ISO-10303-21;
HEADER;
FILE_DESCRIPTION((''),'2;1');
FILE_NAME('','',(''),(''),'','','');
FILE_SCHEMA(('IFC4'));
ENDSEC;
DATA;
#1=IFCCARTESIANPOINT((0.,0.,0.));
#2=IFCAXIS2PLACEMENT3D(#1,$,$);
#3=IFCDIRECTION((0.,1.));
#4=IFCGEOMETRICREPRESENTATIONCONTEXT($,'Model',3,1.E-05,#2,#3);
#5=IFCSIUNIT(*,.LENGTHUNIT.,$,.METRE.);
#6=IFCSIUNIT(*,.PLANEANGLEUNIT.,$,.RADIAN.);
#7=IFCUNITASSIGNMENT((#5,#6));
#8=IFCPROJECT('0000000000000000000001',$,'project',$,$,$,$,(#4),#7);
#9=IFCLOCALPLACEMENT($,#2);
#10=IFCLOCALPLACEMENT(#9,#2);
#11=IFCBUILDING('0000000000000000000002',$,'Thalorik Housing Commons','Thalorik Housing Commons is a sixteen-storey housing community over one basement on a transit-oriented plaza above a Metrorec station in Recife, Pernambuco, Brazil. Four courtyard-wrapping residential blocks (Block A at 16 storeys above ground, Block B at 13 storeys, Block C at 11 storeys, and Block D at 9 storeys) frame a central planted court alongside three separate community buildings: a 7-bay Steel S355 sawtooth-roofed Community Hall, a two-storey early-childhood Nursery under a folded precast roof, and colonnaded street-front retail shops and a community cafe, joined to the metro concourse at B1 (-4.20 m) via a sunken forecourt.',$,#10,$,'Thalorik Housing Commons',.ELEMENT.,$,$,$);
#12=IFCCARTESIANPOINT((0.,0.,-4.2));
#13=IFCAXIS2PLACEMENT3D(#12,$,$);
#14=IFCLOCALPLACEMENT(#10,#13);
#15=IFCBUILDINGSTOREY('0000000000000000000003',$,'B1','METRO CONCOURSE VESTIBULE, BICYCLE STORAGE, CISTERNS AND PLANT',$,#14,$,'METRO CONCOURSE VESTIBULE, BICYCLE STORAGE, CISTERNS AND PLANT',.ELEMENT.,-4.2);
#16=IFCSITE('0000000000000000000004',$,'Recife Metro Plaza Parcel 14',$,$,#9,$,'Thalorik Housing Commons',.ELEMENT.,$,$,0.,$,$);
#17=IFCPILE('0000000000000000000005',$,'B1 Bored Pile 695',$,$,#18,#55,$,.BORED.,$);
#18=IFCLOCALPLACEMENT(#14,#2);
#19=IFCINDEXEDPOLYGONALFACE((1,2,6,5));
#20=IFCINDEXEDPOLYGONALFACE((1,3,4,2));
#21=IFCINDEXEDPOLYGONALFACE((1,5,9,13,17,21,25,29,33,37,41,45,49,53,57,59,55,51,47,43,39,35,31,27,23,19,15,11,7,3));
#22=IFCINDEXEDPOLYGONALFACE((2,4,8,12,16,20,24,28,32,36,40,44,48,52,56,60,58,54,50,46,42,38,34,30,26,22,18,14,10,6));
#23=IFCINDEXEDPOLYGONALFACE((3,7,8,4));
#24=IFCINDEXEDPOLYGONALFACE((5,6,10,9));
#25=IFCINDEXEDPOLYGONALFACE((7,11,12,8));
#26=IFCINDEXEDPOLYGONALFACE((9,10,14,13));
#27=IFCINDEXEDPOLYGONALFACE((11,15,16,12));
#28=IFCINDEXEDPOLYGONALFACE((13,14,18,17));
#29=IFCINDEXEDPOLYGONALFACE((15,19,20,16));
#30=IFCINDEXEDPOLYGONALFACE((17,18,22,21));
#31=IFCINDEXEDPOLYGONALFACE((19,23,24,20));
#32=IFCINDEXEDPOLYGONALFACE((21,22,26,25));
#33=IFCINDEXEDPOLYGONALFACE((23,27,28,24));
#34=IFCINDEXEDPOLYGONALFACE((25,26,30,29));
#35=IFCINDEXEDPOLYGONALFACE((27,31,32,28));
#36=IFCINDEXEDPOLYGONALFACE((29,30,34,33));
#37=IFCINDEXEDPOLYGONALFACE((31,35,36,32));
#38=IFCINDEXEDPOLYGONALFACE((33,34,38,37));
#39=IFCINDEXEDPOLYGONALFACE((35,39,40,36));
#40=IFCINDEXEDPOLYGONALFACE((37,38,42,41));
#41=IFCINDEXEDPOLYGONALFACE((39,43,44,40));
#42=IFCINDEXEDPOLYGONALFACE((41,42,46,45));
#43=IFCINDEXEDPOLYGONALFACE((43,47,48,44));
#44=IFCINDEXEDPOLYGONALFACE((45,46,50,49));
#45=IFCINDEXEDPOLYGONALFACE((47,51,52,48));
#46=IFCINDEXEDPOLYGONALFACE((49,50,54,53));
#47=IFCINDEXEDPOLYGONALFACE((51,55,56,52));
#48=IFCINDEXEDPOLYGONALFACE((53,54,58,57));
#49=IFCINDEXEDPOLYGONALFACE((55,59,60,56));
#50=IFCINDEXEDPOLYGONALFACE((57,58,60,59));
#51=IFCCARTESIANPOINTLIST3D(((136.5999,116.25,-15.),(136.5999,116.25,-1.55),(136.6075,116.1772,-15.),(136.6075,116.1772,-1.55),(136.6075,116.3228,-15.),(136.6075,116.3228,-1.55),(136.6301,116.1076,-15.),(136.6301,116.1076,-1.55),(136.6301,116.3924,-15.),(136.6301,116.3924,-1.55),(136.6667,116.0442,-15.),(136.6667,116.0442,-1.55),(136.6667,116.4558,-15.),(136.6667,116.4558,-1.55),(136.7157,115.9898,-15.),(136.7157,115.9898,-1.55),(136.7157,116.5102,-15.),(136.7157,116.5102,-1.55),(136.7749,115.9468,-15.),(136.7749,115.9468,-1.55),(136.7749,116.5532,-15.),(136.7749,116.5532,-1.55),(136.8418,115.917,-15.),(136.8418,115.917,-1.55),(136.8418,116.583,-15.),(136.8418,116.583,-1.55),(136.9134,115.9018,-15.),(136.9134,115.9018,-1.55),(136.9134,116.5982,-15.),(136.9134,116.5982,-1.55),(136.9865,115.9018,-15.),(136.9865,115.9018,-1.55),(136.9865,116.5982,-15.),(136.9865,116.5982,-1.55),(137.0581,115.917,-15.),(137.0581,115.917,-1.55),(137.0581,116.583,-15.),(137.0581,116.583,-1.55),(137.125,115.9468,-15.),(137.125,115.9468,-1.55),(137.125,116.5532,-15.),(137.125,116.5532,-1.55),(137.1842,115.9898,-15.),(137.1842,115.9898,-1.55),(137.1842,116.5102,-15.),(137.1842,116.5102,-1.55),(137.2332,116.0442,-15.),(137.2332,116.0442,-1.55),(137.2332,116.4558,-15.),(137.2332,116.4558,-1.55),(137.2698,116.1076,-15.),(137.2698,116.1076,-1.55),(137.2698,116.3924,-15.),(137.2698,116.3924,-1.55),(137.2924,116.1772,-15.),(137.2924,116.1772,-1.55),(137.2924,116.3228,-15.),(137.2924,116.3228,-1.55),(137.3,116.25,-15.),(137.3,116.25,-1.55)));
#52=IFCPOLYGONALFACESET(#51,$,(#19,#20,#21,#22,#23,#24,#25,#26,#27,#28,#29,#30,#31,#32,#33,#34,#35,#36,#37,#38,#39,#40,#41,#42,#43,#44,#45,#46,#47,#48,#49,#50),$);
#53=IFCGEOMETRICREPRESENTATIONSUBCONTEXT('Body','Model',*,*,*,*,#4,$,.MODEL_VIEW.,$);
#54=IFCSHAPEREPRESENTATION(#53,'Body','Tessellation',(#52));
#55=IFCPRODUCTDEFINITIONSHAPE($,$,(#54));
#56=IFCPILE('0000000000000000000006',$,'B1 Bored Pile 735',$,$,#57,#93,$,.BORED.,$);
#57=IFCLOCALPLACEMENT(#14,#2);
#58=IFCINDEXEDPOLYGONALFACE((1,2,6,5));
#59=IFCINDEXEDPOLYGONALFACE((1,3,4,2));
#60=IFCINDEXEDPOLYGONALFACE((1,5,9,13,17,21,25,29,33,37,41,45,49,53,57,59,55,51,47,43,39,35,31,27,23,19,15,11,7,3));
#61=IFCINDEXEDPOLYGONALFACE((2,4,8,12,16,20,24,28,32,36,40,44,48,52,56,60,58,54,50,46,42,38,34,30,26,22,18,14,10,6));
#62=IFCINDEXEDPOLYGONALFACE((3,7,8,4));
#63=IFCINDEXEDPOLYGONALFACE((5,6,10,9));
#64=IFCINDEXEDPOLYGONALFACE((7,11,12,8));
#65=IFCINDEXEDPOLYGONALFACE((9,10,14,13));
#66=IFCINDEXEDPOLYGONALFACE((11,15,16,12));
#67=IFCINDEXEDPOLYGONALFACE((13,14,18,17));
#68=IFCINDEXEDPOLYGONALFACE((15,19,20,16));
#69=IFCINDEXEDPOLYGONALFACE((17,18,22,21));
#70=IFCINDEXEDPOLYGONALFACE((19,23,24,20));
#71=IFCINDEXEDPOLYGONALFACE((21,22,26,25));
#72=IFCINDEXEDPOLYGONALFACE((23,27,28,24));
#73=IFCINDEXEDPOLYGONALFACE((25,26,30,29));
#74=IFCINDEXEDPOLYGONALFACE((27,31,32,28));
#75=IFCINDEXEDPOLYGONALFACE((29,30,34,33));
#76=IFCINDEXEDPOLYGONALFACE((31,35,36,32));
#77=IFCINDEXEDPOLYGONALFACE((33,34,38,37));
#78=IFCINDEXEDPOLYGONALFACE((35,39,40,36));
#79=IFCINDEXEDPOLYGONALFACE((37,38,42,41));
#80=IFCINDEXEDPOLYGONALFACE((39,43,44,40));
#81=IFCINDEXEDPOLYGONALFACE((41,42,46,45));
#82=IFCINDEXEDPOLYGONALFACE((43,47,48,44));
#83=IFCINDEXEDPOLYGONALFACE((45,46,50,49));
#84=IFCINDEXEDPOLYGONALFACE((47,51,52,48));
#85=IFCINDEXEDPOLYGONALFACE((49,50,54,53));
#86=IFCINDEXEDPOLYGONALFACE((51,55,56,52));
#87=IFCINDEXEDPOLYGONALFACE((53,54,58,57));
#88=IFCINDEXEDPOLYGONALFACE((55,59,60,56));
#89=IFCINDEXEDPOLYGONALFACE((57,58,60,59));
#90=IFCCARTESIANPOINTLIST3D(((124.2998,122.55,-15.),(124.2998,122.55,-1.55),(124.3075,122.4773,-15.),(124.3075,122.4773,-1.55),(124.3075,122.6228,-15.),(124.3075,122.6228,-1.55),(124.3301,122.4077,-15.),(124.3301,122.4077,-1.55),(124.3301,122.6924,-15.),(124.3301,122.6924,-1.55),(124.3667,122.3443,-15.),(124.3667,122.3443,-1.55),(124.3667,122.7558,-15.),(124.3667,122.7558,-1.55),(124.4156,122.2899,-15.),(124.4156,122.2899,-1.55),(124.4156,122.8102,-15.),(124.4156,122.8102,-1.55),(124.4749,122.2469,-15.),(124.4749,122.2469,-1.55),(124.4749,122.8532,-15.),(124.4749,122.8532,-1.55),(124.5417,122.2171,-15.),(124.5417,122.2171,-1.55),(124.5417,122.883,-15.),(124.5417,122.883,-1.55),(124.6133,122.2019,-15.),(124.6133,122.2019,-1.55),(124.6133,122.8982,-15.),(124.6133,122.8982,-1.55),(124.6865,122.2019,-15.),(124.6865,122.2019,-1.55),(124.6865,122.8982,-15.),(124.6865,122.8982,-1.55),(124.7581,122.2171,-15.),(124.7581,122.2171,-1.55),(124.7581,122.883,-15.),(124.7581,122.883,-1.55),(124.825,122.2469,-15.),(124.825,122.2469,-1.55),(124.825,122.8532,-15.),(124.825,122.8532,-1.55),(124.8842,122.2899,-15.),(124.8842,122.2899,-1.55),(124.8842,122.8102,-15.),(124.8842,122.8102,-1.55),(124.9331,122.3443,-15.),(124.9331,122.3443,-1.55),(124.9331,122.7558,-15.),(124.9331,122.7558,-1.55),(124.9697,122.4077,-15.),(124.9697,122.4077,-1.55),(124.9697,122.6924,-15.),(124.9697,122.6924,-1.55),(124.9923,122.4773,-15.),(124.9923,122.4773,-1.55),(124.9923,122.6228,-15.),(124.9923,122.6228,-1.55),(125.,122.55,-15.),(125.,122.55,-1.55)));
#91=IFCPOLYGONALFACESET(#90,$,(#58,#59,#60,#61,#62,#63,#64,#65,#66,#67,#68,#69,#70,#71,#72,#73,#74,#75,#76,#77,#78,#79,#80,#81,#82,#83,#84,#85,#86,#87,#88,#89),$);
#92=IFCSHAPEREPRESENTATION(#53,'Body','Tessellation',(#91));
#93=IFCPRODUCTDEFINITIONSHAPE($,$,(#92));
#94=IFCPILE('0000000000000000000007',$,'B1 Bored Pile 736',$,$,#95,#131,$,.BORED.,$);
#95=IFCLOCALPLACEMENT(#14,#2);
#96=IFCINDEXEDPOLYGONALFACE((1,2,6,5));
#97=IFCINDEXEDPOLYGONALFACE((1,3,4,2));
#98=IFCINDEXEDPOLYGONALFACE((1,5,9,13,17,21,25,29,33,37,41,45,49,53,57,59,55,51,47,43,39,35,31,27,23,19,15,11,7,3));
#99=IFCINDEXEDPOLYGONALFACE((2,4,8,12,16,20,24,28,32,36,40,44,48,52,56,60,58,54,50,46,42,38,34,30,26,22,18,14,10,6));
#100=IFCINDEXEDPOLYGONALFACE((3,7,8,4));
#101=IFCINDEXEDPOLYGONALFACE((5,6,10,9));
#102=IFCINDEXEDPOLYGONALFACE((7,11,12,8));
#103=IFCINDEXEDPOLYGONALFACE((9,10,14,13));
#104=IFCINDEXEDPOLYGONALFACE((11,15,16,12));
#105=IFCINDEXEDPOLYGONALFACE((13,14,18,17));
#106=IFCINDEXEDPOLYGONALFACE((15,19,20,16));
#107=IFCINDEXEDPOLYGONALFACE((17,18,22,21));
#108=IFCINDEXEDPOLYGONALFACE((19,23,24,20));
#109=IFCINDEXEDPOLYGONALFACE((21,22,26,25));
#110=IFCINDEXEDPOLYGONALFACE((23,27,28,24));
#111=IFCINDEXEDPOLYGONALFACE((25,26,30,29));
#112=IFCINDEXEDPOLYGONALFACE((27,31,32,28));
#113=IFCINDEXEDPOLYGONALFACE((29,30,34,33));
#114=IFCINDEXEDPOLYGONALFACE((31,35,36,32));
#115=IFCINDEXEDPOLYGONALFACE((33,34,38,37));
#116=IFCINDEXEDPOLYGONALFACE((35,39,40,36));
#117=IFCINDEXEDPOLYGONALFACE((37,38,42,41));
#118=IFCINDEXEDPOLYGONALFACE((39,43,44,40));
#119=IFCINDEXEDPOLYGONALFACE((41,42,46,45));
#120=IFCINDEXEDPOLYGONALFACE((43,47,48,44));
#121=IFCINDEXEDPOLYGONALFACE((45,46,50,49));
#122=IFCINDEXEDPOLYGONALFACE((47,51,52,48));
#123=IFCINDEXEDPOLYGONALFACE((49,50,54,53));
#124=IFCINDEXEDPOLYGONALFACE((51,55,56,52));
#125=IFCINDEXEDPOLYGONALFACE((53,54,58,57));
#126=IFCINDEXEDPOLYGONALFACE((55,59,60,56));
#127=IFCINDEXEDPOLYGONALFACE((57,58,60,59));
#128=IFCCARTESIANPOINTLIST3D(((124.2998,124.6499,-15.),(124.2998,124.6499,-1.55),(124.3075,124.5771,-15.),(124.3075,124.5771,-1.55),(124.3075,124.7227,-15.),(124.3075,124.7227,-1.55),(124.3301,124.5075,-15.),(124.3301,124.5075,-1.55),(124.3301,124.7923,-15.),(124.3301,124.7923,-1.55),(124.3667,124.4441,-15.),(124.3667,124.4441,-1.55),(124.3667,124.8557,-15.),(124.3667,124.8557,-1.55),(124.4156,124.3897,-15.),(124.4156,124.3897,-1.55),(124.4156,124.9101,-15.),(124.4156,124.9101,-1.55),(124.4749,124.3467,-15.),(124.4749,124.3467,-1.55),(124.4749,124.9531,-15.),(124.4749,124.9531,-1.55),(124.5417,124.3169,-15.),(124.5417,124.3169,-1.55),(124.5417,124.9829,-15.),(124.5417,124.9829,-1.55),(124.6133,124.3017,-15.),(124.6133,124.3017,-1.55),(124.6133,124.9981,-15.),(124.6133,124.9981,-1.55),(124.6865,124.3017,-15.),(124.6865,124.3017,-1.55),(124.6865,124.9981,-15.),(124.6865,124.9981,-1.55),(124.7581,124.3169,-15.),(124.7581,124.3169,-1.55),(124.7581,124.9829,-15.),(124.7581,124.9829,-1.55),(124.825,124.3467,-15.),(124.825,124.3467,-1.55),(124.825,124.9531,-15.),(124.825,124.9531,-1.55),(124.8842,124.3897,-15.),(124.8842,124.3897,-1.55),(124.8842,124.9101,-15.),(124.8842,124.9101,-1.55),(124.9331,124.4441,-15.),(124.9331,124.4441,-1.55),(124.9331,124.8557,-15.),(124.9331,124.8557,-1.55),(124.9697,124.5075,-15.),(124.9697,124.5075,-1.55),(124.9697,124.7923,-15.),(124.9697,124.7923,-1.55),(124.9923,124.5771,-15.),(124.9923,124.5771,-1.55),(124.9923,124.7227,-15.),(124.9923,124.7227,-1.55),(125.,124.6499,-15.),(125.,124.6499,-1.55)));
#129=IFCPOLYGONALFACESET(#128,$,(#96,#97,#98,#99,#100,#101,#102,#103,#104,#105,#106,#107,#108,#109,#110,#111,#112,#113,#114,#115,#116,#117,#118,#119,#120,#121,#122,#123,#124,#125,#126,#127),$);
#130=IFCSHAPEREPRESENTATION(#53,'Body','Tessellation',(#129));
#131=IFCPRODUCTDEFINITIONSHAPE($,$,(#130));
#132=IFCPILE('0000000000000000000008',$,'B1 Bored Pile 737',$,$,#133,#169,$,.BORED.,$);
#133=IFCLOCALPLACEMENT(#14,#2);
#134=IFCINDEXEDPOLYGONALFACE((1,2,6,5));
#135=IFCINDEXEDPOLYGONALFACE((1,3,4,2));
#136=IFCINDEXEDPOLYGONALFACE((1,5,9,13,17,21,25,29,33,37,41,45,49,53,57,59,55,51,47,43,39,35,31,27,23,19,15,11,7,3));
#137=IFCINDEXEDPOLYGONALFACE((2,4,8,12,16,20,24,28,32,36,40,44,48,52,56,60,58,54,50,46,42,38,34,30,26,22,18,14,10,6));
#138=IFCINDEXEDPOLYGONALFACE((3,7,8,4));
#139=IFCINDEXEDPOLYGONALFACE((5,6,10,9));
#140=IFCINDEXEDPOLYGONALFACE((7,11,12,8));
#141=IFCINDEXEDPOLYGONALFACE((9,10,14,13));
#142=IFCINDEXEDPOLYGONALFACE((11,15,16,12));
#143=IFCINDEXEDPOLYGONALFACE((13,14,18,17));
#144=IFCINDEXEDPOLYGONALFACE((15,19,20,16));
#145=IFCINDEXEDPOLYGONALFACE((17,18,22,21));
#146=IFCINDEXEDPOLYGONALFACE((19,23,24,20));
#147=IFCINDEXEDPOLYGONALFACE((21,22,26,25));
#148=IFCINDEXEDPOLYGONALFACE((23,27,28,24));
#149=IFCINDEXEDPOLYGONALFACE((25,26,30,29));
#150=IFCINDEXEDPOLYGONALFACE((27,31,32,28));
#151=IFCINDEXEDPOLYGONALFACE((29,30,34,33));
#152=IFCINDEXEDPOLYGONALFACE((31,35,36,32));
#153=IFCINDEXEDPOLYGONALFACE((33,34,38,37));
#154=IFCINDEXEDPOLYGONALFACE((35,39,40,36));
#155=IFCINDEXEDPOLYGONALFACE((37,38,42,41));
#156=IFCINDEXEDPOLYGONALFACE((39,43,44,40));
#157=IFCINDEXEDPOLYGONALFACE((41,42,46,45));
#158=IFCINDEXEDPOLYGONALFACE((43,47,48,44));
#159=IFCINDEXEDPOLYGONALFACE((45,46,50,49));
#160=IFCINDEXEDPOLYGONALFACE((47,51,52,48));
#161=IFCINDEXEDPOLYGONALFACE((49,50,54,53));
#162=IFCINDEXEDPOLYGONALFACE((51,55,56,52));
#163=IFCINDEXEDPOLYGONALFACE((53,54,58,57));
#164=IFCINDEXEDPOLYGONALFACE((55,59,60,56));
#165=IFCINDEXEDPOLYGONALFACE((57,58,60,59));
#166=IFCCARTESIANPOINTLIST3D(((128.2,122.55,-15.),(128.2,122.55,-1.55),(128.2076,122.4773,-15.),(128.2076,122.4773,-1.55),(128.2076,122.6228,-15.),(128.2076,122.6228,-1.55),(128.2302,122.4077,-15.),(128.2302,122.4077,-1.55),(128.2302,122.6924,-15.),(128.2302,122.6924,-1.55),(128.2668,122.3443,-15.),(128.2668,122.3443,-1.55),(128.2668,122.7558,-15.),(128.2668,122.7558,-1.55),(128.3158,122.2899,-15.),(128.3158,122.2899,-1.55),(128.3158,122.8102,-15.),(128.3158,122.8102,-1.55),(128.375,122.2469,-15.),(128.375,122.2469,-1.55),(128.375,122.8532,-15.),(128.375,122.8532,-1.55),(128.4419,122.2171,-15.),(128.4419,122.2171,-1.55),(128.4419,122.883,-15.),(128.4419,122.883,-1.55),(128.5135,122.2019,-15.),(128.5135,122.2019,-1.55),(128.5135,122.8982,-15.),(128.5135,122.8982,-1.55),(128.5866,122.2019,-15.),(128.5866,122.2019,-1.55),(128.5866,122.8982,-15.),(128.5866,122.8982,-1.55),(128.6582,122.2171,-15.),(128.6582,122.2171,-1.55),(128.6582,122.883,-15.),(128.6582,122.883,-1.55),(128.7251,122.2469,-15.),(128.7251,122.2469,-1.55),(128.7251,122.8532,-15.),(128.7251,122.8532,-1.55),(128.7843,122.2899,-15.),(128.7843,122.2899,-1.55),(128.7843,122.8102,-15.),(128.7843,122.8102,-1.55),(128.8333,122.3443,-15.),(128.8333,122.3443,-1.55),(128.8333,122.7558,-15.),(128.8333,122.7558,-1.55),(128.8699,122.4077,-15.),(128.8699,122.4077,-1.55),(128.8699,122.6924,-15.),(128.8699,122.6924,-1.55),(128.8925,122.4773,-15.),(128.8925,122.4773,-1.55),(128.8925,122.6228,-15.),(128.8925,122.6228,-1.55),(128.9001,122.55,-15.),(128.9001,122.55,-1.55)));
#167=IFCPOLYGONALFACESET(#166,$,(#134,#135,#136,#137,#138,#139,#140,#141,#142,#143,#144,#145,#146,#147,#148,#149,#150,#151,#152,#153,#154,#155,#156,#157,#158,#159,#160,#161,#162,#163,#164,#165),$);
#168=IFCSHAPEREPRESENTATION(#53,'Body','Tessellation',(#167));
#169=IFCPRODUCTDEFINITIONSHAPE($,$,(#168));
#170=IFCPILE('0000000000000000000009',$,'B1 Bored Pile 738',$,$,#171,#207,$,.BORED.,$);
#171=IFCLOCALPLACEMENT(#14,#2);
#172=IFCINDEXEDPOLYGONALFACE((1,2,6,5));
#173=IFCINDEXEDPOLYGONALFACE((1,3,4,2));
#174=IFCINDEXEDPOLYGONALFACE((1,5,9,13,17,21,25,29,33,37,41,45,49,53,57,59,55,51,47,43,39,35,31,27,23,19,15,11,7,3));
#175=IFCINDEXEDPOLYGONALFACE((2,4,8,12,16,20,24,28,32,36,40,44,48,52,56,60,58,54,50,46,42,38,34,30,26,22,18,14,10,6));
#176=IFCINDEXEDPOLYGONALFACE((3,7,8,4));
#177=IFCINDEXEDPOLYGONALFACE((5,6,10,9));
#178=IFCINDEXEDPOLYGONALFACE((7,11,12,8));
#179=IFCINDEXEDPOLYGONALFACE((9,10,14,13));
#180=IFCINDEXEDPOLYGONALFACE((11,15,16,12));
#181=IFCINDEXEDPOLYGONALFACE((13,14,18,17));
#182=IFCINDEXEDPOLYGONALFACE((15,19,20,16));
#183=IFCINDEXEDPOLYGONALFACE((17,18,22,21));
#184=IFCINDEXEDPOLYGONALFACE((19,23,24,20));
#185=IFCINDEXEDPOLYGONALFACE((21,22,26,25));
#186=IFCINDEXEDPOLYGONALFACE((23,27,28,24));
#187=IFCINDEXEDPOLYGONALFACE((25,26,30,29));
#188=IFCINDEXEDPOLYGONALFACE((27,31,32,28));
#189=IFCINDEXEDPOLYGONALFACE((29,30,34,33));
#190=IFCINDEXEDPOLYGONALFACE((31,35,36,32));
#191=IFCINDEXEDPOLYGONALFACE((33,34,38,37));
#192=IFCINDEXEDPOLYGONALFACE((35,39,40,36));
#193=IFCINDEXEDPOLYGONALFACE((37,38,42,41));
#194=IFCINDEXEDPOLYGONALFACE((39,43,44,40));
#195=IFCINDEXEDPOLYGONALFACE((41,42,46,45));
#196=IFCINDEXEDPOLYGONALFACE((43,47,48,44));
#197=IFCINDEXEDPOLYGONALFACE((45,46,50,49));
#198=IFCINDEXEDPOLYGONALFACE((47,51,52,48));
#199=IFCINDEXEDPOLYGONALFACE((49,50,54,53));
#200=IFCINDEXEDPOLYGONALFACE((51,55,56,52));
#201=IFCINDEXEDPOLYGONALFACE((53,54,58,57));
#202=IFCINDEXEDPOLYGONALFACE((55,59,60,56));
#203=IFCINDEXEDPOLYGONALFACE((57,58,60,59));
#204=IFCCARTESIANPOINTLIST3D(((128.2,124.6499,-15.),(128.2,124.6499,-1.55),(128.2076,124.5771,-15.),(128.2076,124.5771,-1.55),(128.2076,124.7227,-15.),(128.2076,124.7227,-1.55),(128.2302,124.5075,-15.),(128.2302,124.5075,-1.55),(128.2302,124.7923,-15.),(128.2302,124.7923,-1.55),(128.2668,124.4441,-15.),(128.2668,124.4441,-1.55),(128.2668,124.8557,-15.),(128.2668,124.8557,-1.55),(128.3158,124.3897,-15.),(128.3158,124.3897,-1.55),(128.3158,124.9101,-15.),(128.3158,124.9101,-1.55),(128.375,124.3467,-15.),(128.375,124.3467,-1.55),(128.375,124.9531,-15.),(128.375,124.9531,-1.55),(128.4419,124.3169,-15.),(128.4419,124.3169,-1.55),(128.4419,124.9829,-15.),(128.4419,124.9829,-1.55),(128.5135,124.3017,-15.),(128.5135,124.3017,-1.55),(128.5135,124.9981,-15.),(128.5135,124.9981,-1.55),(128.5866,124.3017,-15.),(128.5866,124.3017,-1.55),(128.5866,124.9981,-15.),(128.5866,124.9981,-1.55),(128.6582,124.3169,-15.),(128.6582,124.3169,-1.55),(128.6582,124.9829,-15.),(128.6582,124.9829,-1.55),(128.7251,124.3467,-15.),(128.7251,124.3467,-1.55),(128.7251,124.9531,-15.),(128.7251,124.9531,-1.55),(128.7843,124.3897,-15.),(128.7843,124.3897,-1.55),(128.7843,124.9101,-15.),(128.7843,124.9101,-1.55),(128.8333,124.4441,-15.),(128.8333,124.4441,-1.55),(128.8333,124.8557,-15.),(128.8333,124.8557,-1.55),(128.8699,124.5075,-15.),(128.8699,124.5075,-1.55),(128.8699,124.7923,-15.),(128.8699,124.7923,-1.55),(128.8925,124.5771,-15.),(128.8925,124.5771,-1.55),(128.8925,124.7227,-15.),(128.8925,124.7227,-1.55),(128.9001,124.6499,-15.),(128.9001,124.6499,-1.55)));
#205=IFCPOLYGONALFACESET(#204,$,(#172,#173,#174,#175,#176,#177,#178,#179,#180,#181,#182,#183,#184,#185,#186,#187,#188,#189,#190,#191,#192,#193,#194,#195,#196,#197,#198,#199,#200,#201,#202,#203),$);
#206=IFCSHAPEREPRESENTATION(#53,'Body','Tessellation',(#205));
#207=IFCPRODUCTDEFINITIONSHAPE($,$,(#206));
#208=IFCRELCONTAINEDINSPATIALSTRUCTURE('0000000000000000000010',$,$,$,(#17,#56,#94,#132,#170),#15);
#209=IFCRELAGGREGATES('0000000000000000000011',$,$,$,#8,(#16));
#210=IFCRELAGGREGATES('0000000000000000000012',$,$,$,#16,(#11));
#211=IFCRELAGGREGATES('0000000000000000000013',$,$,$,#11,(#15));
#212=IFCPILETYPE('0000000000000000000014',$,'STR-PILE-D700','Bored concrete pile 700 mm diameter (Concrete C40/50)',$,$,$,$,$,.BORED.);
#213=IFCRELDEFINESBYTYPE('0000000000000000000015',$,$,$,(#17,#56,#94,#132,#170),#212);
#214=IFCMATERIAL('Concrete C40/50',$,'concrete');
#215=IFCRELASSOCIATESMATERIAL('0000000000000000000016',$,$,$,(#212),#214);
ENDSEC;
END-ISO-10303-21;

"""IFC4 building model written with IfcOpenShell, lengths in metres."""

from ifc_helpers import new_model, si_unit, direction, frame, origin, origin_2d, place, context, subcontext, project, spatial, circle, extrude, material, material_profile, profile_set, type_object, element, save


model = new_model("IFC4")

# Units and contexts
model_context = context("Model", 3, precision=1e-05, world=origin(), true_north=direction((0.0, 1.0)))
body_context = subcontext(model_context, "Body", "Model", "MODEL_VIEW")
ifc_project = project(units=[si_unit("LENGTHUNIT", "METRE"), si_unit("PLANEANGLEUNIT", "RADIAN")], contexts=[model_context])

# Site, building, storey
site_placement = place(None, origin())
site = spatial("IfcSite", under=ifc_project, at=site_placement, Name="Recife Metro Plaza Parcel 14", LongName="Thalorik Housing Commons", CompositionType="ELEMENT", RefElevation=0.0)
building_placement = place(site_placement, origin())
building = spatial("IfcBuilding", under=site, at=building_placement, Name="Thalorik Housing Commons", Description="Thalorik Housing Commons is a sixteen-storey housing community over one basement on a transit-oriented plaza above a Metrorec station in Recife, Pernambuco, Brazil. Four courtyard-wrapping residential blocks (Block A at 16 storeys above ground, Block B at 13 storeys, Block C at 11 storeys, and Block D at 9 storeys) frame a central planted court alongside three separate community buildings: a 7-bay Steel S355 sawtooth-roofed Community Hall, a two-storey early-childhood Nursery under a folded precast roof, and colonnaded street-front retail shops and a community cafe, joined to the metro concourse at B1 (-4.20 m) via a sunken forecourt.", LongName="Thalorik Housing Commons", CompositionType="ELEMENT")
storey_placement = place(building_placement, frame((0.0, 0.0, -4.2)))
storey = spatial("IfcBuildingStorey", under=building, at=storey_placement, Name="B1", Description="METRO CONCOURSE VESTIBULE, BICYCLE STORAGE, CISTERNS AND PLANT", LongName="METRO CONCOURSE VESTIBULE, BICYCLE STORAGE, CISTERNS AND PLANT", CompositionType="ELEMENT", Elevation=-4.2)

# Shared definitions
ifc_material_1 = material(Name="Concrete C40/50", Category="concrete")

# Piles
ifc_material_profile_1 = material_profile(ifc_material_1, circle(Radius=0.3501, at=origin_2d()), Name="BORED PILE D700", Category="concrete")
ifc_profile_set_1 = profile_set([ifc_material_profile_1], Name="Concrete C40/50")
pile_type = type_object("IfcPileType", Name="STR-PILE-D700", Description="Bored concrete pile 700 mm diameter (Concrete C40/50)", PredefinedType="BORED", material=ifc_profile_set_1)
for number, where, z_axis, x_axis, name in (
    (1, (136.95, 116.25, -1.55), (0.0, 0.0, -1.0), (1.0, 0.0, 0.0), "B1 Bored Pile 695"),
    (2, (124.6499, 122.55, -1.55), (0.0, 0.0, -1.0), (1.0, 0.0, 0.0), "B1 Bored Pile 735"),
    (3, (124.6499, 124.6499, -1.55), (0.0, 0.0, -1.0), (1.0, 0.0, 0.0), "B1 Bored Pile 736"),
    (4, (128.55, 122.55, -1.55), (0.0, 0.0, -1.0), (1.0, 0.0, 0.0), "B1 Bored Pile 737"),
    (5, (128.55, 124.6499, -1.55), (0.0, 0.0, -1.0), (1.0, 0.0, 0.0), "B1 Bored Pile 738"),
):
    element("IfcPile", number, at=place(storey_placement, frame(where, z_axis=z_axis, x_axis=x_axis)), inside=storey, type_object=pile_type, Name=name, PredefinedType="BORED", context=body_context, shape_type="SweptSolid", body=[
        extrude(circle(Radius=0.3501, at=origin_2d()), origin(), (0.0, 0.0, 1.0), 13.45),
    ])

save(model, "model.ifc")
